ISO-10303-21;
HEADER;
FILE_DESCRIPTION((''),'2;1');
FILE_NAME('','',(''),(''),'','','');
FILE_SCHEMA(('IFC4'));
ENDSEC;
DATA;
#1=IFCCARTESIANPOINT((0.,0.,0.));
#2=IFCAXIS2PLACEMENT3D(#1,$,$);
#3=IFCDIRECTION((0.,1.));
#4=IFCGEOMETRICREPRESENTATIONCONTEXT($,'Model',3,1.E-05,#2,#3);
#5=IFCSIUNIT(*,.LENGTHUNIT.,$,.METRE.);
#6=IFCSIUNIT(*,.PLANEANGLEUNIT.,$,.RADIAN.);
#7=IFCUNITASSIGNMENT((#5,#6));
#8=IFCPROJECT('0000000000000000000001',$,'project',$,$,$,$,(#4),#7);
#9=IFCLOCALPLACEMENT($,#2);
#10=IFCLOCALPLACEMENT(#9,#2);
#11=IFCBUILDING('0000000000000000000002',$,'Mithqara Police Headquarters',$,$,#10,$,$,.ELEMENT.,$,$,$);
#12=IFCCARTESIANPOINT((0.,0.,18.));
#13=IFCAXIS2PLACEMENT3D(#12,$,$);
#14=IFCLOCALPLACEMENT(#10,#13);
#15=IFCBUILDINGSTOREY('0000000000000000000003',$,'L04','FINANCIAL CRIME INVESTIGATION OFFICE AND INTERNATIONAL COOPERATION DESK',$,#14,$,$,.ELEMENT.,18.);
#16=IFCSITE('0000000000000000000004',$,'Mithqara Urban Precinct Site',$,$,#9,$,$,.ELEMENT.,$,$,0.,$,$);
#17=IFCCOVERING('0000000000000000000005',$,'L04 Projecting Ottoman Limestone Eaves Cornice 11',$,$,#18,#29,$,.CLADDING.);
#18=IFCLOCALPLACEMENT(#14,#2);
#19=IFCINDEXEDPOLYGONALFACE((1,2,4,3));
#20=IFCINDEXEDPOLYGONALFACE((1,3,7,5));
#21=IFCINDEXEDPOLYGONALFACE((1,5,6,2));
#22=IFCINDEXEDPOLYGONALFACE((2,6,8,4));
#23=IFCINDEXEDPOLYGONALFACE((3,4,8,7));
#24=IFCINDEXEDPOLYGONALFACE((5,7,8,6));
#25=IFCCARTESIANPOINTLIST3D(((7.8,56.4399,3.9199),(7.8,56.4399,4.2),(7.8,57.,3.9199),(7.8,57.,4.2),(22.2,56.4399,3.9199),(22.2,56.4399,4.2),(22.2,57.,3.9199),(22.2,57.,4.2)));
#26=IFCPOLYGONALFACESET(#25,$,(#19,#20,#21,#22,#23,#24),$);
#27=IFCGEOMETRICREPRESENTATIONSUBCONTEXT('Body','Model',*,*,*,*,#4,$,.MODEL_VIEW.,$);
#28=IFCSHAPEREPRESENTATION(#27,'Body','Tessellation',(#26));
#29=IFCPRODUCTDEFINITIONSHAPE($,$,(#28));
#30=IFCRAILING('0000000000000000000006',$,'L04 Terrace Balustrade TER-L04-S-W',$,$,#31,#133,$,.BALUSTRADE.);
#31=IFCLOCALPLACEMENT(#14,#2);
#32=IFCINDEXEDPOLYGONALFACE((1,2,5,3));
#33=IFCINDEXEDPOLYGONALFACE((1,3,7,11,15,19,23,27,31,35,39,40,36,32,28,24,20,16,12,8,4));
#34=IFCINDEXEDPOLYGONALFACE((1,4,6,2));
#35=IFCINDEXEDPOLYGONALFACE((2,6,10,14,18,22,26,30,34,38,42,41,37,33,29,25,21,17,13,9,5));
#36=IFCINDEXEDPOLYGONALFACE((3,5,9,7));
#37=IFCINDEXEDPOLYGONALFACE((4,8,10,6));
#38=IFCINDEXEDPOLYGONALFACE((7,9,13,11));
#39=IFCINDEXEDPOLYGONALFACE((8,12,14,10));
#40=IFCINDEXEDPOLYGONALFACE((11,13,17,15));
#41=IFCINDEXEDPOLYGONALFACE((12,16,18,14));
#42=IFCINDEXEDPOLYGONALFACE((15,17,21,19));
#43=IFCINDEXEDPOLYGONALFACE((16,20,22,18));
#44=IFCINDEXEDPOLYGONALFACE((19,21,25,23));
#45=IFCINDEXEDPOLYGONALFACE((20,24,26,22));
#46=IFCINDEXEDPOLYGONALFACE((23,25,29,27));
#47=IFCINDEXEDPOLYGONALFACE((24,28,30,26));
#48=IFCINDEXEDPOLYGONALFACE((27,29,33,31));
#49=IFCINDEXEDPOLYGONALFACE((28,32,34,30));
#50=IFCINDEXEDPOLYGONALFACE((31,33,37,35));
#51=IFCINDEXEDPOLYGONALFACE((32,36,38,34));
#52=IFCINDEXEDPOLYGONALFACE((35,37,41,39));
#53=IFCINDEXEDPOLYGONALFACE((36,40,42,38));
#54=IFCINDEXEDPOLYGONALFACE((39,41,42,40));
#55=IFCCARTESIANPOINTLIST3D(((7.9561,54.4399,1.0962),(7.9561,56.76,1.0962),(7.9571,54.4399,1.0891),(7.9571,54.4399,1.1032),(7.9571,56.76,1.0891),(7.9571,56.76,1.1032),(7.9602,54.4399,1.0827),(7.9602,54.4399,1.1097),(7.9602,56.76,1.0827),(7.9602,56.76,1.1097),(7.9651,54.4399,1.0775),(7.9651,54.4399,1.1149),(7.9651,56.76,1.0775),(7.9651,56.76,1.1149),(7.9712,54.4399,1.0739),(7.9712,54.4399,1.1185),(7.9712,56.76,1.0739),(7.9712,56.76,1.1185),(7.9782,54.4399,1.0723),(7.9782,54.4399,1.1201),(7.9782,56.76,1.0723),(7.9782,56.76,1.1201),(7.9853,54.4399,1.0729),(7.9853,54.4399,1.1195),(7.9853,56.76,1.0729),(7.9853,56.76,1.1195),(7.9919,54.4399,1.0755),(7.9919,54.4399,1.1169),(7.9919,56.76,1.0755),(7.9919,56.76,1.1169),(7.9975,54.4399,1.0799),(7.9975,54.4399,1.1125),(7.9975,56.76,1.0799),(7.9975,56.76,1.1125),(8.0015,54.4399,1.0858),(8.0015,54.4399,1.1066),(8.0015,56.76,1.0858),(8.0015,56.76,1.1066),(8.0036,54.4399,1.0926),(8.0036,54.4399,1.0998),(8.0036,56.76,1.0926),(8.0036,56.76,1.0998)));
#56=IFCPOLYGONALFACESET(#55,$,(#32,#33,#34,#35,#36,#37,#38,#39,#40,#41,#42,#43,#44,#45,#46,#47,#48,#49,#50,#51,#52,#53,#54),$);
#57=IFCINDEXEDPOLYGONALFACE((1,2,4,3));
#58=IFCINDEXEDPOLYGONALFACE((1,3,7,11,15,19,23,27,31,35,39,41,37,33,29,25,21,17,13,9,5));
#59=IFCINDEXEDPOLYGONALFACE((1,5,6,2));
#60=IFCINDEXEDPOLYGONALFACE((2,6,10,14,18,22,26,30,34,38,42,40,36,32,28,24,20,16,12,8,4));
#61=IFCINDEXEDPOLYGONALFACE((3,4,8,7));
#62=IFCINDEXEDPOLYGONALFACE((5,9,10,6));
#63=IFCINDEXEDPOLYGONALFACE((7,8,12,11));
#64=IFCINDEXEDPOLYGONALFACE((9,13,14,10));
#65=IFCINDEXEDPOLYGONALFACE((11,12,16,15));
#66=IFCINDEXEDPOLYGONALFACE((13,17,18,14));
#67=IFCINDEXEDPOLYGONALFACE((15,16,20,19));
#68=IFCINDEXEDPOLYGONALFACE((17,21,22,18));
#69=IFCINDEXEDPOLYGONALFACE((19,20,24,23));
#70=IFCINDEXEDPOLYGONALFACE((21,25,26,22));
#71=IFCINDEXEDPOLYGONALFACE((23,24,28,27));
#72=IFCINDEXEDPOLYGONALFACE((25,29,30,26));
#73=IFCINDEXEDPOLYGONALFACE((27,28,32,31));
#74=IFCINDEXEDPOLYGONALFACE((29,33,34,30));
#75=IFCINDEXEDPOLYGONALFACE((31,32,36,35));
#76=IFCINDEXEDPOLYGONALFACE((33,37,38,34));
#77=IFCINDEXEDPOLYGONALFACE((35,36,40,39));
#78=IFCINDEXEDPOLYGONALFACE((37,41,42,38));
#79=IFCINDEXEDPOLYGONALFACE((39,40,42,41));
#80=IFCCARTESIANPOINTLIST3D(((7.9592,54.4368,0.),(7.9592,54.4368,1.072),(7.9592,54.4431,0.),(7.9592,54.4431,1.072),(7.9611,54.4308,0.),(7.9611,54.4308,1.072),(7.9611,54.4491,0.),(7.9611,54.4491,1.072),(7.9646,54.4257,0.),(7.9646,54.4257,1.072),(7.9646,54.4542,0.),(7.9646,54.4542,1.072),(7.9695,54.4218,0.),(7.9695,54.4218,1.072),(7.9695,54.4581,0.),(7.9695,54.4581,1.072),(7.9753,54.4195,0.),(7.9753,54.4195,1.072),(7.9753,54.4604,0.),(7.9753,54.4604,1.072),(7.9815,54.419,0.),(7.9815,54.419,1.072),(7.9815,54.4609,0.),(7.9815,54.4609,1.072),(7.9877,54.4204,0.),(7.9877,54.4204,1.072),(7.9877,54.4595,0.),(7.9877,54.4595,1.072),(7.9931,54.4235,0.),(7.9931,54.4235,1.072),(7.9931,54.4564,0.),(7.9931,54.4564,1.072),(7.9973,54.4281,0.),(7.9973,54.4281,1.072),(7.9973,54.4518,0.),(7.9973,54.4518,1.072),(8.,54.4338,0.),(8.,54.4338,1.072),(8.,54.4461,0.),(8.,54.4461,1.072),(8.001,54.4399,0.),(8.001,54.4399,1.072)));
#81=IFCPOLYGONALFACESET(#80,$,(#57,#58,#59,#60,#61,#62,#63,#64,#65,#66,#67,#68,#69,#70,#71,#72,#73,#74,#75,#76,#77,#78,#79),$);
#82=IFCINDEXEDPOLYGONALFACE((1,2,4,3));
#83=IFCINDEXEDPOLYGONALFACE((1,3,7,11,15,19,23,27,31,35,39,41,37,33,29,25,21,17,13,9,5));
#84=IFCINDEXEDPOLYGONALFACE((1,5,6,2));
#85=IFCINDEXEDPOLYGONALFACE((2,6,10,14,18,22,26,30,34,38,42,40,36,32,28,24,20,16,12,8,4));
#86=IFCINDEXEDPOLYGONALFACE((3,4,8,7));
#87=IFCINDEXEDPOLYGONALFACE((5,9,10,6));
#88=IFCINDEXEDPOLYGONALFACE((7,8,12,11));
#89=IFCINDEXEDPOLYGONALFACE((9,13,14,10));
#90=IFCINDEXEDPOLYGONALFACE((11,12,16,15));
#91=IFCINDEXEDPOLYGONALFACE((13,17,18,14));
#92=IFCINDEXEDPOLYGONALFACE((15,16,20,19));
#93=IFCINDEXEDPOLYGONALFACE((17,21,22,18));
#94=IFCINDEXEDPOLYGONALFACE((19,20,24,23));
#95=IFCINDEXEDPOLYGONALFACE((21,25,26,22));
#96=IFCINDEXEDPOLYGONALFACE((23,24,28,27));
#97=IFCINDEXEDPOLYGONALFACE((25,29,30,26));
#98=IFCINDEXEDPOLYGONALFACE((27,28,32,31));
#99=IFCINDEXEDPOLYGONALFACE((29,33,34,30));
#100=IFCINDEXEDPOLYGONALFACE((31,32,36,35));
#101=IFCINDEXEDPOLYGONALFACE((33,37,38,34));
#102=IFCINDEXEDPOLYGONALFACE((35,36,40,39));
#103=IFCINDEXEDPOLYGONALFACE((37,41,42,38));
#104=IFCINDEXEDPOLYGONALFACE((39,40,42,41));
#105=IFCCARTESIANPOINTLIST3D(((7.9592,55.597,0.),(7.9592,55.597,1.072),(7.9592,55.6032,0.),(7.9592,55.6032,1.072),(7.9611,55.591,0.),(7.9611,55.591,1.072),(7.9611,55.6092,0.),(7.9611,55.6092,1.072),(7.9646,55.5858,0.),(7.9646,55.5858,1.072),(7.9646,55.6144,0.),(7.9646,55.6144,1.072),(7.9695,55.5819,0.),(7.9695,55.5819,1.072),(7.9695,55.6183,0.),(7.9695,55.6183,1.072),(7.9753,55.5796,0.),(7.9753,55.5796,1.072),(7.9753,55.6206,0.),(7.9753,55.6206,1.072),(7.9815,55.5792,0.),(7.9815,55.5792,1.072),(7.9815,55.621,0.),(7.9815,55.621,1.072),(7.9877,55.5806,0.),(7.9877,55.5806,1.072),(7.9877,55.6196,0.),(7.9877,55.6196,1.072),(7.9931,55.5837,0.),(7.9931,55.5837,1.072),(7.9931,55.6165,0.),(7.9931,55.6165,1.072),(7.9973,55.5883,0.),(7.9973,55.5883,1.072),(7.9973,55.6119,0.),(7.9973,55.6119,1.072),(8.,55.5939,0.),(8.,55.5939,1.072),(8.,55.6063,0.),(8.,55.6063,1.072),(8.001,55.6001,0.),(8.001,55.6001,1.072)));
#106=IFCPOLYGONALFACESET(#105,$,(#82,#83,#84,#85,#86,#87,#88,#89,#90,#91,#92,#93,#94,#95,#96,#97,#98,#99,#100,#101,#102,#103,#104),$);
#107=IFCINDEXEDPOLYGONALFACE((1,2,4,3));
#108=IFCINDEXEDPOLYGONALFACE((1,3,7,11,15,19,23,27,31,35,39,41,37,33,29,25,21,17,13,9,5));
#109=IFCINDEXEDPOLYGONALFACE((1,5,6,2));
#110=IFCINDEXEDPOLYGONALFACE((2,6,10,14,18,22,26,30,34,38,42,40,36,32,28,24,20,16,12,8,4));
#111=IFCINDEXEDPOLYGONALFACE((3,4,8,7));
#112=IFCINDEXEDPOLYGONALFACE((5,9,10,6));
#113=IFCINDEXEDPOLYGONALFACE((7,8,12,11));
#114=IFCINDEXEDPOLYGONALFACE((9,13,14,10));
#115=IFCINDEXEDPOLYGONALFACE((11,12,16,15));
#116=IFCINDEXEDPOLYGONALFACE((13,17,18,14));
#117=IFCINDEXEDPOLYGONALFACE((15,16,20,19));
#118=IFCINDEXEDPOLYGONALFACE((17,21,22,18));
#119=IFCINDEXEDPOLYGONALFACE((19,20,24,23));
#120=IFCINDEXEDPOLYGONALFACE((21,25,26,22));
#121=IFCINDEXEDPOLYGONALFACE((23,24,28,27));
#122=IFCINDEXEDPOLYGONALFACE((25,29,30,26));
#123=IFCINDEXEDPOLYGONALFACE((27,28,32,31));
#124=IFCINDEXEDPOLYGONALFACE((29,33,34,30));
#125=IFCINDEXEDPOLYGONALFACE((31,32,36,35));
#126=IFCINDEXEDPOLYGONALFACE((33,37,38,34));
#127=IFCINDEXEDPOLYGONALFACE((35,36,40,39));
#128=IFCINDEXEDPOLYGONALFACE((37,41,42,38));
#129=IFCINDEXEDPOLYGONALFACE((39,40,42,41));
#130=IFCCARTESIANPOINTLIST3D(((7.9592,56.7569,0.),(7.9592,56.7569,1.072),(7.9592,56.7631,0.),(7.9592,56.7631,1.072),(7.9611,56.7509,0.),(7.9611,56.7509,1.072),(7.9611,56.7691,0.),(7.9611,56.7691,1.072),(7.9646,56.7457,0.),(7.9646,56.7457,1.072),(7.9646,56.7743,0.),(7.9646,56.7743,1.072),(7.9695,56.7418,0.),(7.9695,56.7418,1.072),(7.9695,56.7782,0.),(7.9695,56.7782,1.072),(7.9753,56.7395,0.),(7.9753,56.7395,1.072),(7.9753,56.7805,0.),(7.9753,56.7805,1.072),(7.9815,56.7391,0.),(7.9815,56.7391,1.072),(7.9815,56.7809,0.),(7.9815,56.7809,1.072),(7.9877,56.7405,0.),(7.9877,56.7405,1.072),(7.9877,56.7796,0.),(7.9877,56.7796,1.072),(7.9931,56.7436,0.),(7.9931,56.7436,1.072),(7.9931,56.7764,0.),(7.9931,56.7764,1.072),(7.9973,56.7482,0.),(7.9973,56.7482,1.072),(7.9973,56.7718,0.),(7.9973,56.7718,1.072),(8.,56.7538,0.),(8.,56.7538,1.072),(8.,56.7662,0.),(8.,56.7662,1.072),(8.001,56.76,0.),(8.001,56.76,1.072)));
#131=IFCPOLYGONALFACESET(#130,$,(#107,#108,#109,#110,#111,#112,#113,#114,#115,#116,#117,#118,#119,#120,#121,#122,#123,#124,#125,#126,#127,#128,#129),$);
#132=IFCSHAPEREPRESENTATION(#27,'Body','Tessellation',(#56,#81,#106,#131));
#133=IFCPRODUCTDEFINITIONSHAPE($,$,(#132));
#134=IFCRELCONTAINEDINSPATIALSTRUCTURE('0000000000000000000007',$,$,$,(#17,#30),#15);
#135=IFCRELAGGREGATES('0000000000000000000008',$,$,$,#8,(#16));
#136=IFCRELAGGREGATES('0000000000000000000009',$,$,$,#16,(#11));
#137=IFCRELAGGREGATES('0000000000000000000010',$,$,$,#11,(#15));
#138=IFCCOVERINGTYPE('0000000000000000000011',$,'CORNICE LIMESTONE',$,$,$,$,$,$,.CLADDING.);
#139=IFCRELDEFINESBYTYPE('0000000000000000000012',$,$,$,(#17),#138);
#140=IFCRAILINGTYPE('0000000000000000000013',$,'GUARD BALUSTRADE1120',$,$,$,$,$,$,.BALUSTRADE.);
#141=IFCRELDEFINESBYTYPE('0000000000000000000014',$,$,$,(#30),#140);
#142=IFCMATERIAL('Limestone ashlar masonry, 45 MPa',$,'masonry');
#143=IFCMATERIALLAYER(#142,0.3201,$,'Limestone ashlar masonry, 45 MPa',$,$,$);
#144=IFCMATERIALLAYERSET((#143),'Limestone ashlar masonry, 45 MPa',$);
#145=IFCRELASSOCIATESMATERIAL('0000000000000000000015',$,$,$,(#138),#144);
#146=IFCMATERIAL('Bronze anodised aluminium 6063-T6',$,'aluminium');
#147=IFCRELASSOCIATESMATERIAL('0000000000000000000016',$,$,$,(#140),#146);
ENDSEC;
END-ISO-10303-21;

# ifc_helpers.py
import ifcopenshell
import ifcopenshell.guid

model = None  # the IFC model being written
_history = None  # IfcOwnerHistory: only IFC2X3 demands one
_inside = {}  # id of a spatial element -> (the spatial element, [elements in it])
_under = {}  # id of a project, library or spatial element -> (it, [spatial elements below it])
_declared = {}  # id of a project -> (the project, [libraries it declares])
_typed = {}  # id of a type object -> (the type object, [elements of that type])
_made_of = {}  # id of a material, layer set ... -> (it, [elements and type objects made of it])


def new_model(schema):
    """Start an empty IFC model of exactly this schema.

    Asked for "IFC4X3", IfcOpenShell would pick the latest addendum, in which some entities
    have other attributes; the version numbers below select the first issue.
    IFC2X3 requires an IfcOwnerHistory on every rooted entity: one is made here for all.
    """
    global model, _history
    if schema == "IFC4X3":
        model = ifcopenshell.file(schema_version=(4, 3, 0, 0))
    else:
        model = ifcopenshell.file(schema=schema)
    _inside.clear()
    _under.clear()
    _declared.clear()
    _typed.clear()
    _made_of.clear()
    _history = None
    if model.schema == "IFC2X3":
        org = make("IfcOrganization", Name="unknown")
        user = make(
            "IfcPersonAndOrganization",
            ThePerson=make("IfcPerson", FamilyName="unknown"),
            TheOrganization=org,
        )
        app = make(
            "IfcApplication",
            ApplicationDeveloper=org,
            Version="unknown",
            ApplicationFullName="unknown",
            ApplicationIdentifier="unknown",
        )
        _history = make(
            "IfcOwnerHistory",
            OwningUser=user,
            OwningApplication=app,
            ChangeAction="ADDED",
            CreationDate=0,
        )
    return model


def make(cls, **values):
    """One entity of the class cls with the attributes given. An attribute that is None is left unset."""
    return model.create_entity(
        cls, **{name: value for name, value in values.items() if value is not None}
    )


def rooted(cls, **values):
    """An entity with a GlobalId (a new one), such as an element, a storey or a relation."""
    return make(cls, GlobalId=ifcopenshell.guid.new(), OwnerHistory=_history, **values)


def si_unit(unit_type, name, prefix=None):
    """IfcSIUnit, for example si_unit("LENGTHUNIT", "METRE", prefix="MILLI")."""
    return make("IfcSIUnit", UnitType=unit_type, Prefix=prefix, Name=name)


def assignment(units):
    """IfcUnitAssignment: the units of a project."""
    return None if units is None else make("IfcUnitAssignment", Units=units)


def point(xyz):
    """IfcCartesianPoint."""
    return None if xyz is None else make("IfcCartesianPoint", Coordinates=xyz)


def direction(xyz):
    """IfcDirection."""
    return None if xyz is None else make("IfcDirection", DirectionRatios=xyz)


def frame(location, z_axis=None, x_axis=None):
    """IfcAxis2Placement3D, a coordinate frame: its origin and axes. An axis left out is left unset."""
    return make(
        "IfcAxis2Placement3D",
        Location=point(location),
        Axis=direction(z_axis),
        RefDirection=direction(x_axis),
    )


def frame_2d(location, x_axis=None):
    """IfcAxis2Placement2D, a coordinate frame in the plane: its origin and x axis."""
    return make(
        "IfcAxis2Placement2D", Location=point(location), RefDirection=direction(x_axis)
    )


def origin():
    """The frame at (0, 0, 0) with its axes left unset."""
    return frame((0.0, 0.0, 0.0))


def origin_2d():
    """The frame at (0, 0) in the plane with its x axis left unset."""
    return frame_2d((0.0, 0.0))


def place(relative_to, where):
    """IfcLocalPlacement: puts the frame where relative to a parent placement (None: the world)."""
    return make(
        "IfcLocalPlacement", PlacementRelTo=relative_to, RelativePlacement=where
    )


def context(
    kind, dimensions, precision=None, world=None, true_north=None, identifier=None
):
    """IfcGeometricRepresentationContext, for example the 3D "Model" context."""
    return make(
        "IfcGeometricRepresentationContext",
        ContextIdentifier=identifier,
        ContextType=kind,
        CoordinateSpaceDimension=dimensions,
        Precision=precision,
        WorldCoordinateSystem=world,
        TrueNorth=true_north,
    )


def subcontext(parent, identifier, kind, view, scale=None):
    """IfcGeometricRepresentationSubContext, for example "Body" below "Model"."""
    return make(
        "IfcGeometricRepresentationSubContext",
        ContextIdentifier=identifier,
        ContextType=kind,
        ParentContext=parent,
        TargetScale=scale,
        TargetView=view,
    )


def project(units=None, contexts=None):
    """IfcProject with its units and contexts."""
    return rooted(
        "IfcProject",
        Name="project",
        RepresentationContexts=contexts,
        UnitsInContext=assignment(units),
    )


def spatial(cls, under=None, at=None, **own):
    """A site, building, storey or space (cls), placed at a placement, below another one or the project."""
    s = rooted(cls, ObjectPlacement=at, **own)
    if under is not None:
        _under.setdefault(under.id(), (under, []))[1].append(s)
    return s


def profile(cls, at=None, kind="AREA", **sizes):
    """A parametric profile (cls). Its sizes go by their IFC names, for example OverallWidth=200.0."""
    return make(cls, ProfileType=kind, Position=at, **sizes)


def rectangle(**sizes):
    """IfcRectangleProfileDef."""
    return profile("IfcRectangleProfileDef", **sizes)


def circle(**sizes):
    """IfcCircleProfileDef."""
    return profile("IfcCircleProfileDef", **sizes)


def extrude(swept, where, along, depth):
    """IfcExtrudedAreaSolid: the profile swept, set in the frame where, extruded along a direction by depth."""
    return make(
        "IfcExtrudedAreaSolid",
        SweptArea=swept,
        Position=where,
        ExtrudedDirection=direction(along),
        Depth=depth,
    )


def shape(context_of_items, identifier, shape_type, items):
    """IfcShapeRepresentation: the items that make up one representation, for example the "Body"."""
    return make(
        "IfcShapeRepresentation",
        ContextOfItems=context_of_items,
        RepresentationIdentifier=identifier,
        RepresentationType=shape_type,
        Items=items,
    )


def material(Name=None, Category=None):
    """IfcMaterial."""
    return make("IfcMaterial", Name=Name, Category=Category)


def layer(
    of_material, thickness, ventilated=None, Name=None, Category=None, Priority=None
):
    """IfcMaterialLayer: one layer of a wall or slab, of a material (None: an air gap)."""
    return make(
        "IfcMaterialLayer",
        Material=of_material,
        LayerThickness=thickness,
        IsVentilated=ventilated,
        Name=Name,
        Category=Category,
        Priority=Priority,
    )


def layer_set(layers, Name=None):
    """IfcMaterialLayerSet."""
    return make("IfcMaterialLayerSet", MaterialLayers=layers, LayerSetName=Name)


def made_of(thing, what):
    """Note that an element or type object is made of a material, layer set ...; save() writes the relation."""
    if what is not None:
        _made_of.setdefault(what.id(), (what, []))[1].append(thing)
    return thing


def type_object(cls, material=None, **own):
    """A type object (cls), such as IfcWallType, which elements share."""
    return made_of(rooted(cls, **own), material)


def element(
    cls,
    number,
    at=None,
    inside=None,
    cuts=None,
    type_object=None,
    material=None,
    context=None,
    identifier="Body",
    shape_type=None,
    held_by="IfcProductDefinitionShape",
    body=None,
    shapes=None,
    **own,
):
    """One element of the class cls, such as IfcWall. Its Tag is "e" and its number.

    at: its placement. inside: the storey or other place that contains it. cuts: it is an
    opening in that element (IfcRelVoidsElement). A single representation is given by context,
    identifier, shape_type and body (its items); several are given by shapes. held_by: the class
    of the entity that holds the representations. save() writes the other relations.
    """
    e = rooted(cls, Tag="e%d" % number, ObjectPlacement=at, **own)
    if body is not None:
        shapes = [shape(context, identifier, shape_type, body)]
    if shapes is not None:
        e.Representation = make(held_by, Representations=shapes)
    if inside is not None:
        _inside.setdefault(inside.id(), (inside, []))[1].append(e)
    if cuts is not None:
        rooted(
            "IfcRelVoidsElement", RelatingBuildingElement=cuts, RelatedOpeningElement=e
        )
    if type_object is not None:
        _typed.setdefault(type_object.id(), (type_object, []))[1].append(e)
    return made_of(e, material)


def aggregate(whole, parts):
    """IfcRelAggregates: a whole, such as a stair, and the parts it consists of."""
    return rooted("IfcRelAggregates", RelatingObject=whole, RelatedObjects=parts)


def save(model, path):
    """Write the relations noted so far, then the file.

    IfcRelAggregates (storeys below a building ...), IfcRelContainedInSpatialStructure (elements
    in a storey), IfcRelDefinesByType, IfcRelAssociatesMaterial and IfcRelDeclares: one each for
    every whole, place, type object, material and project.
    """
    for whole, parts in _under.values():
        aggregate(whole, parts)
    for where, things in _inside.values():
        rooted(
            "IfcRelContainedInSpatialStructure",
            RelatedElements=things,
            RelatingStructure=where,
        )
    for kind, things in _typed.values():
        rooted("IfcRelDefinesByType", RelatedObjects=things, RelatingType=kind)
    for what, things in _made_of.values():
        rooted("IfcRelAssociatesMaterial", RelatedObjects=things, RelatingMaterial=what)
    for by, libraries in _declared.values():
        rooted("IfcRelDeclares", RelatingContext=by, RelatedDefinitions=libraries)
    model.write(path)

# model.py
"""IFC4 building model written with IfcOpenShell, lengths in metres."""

from ifc_helpers import new_model, si_unit, direction, frame, origin, origin_2d, place, context, subcontext, project, spatial, rectangle, circle, extrude, material, layer, layer_set, type_object, element, save


model = new_model("IFC4")

# Units and contexts
model_context = context("Model", 3, precision=1e-05, world=origin(), true_north=direction((0.0, 1.0)))
body_context = subcontext(model_context, "Body", "Model", "MODEL_VIEW")
ifc_project = project(units=[si_unit("LENGTHUNIT", "METRE"), si_unit("PLANEANGLEUNIT", "RADIAN")], contexts=[model_context])

# Site, building, storey
site_placement = place(None, origin())
site = spatial("IfcSite", under=ifc_project, at=site_placement, Name="Mithqara Urban Precinct Site", CompositionType="ELEMENT", RefElevation=0.0)
building_placement = place(site_placement, origin())
building = spatial("IfcBuilding", under=site, at=building_placement, Name="Mithqara Police Headquarters", CompositionType="ELEMENT")
storey_placement = place(building_placement, frame((0.0, 0.0, 18.0)))
storey = spatial("IfcBuildingStorey", under=building, at=storey_placement, Name="L04", Description="FINANCIAL CRIME INVESTIGATION OFFICE AND INTERNATIONAL COOPERATION DESK", CompositionType="ELEMENT", Elevation=18.0)

# Shared definitions
ifc_material_1 = material(Name="Limestone ashlar masonry, 45 MPa", Category="masonry")
ifc_material_2 = material(Name="Bronze anodised aluminium 6063-T6", Category="aluminium")

# Covering
ifc_layer_1 = layer(ifc_material_1, 0.3201, Name="Limestone ashlar masonry, 45 MPa")
ifc_layer_set_1 = layer_set([ifc_layer_1], Name="Limestone ashlar masonry, 45 MPa")
covering_type_1 = type_object("IfcCoveringType", Name="CORNICE LIMESTONE", PredefinedType="CLADDING", material=ifc_layer_set_1)
covering_1_placement = place(storey_placement, frame((15.0, 56.72, 3.9199), z_axis=(0.0, 0.0, 1.0), x_axis=(1.0, 0.0, 0.0)))
element("IfcCovering", 1, at=covering_1_placement, inside=storey, type_object=covering_type_1, Name="L04 Projecting Ottoman Limestone Eaves Cornice 11", PredefinedType="CLADDING", context=body_context, shape_type="SweptSolid", body=[
    extrude(rectangle(XDim=14.3999, YDim=0.5601, at=origin_2d()), origin(), (0.0, 0.0, 1.0), 0.28),
])

# Railing
railing_type = type_object("IfcRailingType", Name="GUARD BALUSTRADE1120", PredefinedType="BALUSTRADE", material=ifc_material_2)
for number, where, name in (
    (2, (7.98, 54.4399, 0.0), "L04 Terrace Balustrade TER-L04-S-W"),
):
    element("IfcRailing", number, at=place(storey_placement, frame(where)), inside=storey, type_object=railing_type, Name=name, PredefinedType="BALUSTRADE", context=body_context, shape_type="SweptSolid", body=[
        extrude(circle(Radius=0.0239, at=origin_2d()), frame((0.0, 0.0, 1.0962), z_axis=(0.0, 1.0, 0.0), x_axis=(-1.0, 0.0, 0.0)), (0.0, 0.0, 1.0), 2.3201),
        extrude(circle(Radius=0.021, at=origin_2d()), origin(), (0.0, 0.0, 1.0), 1.072),
        extrude(circle(Radius=0.021, at=origin_2d()), frame((0.0, 1.1602, 0.0)), (0.0, 0.0, 1.0), 1.072),
        extrude(circle(Radius=0.021, at=origin_2d()), frame((0.0, 2.3201, 0.0)), (0.0, 0.0, 1.0), 1.072),
    ])

save(model, "model.ifc")
